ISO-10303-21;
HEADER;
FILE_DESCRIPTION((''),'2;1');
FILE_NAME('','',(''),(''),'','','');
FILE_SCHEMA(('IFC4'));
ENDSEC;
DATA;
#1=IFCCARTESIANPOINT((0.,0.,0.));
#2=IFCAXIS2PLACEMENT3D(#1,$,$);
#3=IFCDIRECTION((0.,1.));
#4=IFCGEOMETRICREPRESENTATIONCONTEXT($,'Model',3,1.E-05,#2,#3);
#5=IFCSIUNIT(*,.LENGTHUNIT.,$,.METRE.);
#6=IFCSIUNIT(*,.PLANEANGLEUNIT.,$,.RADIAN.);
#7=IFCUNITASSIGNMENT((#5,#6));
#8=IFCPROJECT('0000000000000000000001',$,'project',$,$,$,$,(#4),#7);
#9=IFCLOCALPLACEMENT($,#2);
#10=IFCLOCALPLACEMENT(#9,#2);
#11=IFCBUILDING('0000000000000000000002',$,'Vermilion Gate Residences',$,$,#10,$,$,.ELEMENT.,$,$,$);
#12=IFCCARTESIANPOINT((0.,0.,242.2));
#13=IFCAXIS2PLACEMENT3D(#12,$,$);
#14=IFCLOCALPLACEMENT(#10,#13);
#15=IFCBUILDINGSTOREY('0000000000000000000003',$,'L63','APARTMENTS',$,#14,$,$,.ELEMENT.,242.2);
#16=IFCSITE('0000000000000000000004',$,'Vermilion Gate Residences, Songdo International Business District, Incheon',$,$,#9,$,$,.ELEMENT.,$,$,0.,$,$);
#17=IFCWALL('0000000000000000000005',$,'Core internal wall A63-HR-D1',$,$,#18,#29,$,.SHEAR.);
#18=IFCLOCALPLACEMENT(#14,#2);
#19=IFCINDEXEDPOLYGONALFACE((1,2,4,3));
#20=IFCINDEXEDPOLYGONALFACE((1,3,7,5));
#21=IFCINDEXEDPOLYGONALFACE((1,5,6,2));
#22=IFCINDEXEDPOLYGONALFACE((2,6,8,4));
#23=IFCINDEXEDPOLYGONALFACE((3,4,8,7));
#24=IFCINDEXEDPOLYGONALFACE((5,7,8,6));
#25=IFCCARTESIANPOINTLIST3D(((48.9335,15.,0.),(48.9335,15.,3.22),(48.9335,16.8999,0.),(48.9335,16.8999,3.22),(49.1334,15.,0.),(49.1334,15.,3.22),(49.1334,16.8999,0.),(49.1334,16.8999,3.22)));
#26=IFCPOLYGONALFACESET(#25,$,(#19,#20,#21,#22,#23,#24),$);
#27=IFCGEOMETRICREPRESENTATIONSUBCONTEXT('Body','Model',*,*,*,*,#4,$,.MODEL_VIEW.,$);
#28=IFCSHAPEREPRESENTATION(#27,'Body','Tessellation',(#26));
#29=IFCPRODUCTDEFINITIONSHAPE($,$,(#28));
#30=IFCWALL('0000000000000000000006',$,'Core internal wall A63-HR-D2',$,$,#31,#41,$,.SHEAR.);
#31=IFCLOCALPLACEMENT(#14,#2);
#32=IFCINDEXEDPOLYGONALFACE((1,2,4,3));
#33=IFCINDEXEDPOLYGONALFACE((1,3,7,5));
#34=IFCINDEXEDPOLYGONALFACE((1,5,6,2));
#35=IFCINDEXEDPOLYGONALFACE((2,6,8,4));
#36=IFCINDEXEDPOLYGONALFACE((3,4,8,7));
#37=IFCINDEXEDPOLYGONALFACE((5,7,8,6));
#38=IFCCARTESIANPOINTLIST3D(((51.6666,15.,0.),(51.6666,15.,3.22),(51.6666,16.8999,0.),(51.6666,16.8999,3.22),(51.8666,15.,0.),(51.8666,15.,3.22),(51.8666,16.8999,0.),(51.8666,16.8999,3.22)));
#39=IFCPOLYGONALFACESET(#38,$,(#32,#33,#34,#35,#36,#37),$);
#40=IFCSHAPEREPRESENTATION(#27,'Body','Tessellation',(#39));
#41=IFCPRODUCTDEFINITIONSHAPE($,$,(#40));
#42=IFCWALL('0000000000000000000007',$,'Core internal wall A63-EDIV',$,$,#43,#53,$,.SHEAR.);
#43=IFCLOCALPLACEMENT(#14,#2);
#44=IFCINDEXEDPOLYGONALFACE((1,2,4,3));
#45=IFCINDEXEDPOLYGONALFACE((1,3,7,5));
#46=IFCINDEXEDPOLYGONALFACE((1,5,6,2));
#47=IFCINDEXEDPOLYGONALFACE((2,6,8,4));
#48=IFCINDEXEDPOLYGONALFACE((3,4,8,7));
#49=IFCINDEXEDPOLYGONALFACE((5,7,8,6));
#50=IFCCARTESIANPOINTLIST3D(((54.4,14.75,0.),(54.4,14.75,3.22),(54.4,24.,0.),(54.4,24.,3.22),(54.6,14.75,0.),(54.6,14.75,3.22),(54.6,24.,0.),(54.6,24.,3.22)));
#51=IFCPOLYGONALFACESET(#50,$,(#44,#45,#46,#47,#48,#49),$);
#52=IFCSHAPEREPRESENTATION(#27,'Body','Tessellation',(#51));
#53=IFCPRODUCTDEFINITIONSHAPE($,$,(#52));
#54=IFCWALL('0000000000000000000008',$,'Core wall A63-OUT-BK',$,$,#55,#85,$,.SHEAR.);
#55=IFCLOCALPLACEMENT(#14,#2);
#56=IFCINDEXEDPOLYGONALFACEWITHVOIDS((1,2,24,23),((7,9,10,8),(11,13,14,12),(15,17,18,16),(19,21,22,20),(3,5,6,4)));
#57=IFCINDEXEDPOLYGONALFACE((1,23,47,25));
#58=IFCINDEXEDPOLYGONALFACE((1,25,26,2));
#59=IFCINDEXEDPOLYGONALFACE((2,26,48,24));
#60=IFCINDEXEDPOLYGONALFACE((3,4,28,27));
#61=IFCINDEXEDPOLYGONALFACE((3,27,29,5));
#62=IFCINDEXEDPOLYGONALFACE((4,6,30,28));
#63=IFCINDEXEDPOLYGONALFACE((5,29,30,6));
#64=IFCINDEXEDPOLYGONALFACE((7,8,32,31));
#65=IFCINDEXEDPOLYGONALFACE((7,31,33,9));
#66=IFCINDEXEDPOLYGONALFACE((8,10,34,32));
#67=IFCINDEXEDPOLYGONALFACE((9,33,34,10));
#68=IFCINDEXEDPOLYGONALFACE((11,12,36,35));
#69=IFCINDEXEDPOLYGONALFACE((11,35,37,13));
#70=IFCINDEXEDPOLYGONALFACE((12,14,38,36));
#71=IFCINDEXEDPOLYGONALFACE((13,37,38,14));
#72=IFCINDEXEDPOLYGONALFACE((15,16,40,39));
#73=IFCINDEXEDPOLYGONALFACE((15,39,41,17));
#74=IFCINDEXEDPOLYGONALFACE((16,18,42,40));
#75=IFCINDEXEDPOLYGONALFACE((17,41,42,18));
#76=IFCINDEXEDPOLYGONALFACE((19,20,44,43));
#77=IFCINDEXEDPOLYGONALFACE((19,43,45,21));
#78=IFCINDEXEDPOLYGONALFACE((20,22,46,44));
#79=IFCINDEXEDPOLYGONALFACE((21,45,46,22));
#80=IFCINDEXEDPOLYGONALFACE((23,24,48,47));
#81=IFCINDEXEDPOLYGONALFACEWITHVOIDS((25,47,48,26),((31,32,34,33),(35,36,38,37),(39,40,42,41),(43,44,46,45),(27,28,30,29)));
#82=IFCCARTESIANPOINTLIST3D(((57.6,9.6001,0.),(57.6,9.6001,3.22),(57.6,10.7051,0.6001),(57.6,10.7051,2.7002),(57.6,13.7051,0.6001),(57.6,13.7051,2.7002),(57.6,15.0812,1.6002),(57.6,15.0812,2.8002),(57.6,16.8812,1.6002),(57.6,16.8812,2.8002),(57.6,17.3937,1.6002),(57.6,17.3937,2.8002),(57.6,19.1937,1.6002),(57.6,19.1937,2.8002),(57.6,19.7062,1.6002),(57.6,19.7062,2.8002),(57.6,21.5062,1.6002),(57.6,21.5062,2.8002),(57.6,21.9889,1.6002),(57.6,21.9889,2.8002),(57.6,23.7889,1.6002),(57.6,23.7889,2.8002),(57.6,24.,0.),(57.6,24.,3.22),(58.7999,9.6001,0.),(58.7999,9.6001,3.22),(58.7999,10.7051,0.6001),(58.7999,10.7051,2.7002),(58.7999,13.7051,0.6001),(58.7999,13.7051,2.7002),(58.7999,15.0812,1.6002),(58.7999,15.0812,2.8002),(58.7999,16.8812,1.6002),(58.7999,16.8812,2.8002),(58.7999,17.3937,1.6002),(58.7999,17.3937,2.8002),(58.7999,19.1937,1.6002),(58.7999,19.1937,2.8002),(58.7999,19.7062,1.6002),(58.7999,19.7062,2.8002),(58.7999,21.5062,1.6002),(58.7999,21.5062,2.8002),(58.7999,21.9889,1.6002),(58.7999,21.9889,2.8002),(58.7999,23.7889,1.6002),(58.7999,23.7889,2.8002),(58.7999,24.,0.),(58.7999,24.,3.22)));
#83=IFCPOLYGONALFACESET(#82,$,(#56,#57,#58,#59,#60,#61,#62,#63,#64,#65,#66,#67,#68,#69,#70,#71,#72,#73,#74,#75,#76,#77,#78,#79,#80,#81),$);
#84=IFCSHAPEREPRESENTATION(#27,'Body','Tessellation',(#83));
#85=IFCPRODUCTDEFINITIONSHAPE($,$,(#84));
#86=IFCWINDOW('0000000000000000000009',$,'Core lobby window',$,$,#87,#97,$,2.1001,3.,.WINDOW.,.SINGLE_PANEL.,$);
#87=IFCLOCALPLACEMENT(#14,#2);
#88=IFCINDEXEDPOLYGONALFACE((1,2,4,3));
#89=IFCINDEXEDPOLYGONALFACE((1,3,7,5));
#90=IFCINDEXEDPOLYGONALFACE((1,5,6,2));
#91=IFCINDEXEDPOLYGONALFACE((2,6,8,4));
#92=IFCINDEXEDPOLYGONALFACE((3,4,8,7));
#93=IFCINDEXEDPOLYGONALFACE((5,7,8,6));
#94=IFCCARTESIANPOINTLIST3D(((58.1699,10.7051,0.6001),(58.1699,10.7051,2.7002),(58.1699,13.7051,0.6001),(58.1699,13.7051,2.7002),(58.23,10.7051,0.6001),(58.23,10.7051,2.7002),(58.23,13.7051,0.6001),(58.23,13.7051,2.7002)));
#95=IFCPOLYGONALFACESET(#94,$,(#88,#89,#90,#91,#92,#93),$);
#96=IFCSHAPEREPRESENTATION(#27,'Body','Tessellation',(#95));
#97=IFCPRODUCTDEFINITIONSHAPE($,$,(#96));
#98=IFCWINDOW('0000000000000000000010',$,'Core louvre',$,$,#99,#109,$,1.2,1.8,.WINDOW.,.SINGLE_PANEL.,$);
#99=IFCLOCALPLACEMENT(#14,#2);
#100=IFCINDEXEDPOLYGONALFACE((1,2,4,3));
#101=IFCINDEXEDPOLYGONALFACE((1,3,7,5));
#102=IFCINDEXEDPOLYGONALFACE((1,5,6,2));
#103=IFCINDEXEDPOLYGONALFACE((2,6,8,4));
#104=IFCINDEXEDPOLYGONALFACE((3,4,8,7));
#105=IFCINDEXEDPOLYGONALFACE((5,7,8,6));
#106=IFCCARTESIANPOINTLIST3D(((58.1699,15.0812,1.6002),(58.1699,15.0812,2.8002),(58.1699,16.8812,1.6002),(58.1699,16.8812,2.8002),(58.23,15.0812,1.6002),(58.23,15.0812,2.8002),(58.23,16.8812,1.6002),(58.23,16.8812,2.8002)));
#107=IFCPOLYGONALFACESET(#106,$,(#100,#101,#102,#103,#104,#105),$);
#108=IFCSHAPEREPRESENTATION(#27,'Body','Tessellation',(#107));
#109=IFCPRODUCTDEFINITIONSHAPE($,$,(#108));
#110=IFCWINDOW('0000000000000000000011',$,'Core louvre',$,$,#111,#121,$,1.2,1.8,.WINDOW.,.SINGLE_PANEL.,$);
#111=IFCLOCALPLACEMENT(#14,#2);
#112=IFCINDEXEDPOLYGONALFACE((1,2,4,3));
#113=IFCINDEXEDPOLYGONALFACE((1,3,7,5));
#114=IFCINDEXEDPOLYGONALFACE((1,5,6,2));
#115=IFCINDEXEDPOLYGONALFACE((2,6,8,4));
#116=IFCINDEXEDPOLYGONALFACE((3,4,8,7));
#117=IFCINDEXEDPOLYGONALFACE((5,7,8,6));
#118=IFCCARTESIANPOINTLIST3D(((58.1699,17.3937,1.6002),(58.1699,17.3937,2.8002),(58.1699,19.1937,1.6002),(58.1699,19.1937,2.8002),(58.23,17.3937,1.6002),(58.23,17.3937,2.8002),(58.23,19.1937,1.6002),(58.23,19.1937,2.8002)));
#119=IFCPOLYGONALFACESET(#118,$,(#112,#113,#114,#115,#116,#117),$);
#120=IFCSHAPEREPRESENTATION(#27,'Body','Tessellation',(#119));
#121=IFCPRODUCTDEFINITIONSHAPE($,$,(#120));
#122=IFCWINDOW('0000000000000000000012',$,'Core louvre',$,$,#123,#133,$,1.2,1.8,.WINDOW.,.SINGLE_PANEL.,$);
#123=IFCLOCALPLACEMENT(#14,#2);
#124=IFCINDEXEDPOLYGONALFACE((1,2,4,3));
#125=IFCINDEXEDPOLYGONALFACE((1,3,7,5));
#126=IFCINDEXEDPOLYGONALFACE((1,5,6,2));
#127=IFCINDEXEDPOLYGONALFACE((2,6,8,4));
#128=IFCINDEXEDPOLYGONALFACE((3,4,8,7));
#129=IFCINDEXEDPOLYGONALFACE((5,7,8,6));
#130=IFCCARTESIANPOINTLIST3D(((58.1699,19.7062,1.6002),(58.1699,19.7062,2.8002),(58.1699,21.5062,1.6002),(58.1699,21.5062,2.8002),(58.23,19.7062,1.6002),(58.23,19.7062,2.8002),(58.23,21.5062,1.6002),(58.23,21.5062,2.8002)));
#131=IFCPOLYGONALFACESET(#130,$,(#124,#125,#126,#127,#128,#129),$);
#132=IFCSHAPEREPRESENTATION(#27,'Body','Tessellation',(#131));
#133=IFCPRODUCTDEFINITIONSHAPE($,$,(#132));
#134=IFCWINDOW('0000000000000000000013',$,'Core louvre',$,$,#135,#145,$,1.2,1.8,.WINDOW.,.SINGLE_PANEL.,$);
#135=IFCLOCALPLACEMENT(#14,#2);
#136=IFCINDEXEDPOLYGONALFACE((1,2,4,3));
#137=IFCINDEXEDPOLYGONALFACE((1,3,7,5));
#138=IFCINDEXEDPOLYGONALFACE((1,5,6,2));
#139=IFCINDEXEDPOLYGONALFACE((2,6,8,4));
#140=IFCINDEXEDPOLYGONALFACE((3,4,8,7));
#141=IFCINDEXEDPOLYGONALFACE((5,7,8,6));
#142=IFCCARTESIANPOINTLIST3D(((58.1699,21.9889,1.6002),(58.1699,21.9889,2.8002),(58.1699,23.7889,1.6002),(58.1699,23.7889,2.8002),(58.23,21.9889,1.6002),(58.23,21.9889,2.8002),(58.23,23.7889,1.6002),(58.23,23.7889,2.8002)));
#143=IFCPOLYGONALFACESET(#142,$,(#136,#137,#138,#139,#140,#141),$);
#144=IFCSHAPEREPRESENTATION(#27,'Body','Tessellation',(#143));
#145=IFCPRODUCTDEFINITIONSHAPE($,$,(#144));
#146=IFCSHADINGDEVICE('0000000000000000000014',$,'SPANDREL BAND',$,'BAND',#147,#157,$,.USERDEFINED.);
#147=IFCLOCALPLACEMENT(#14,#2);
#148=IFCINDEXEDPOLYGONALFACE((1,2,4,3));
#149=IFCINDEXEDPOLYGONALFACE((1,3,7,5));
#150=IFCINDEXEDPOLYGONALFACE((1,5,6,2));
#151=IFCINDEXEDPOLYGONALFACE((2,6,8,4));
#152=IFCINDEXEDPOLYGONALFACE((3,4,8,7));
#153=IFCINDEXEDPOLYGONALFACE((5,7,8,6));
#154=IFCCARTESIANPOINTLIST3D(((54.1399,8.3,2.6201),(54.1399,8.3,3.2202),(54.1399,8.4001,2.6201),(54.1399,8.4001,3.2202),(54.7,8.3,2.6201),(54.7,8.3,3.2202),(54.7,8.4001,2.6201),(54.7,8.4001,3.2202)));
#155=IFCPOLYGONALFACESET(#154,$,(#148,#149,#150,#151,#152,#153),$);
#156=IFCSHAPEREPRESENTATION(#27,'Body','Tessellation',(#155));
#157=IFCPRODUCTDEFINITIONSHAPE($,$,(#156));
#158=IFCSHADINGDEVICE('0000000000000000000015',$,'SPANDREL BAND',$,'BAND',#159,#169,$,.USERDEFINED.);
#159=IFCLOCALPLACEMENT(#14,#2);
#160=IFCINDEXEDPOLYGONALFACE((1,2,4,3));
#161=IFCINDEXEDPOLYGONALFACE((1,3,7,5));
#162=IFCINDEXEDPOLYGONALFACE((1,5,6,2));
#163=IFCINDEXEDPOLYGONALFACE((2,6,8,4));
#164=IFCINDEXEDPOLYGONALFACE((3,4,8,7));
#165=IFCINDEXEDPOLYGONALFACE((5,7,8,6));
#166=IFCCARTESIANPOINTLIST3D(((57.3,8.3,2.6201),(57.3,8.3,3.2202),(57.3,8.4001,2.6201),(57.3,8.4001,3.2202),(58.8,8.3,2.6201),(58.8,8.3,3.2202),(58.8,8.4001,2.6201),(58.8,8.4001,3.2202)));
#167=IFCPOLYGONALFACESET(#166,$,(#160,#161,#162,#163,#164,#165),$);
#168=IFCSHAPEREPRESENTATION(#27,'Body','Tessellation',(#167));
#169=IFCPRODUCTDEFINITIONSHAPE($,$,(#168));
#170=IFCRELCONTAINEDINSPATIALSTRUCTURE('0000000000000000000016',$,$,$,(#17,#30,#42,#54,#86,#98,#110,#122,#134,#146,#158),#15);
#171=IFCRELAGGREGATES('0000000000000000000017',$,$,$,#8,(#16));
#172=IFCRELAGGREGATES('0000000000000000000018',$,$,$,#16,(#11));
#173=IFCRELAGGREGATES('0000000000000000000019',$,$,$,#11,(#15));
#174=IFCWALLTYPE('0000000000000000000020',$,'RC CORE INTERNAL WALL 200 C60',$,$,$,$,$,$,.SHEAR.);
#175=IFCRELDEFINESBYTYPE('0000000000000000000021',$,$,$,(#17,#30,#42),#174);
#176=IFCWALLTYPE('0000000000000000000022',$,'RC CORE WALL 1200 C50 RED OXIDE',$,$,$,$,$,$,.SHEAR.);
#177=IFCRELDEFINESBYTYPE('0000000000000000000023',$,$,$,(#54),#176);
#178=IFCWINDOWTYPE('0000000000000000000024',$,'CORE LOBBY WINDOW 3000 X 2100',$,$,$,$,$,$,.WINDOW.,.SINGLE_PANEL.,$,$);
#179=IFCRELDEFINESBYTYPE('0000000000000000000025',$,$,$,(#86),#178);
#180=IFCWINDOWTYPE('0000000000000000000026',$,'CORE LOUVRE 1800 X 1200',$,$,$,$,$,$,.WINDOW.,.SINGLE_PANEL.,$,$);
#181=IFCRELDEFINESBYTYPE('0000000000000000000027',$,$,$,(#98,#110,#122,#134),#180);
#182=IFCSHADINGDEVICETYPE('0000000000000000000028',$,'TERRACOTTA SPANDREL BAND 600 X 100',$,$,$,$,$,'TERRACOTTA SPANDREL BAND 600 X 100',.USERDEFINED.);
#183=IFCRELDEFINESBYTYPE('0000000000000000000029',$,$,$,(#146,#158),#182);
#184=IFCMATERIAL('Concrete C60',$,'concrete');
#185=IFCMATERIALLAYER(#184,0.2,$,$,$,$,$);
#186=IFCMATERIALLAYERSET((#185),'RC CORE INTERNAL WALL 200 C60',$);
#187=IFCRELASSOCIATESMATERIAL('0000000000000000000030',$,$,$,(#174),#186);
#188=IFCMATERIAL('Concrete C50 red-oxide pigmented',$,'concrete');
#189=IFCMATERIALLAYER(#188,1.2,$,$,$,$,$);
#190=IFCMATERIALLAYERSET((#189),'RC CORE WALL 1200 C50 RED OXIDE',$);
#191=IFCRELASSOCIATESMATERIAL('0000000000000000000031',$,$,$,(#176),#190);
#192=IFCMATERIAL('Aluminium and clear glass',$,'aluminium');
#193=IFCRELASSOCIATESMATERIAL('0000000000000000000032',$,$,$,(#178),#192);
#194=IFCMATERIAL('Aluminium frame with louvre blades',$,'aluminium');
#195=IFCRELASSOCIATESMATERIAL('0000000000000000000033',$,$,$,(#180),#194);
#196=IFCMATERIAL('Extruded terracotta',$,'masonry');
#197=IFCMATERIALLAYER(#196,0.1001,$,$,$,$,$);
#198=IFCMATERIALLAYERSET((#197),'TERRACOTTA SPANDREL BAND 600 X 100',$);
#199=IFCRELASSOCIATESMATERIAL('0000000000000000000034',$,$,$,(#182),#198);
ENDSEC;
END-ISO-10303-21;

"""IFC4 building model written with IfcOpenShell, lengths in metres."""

from ifc_helpers import new_model, si_unit, direction, frame, frame_2d, origin, origin_2d, place, context, subcontext, project, spatial, rectangle, extrude, material, layer, layer_set, type_object, element, fill, save


model = new_model("IFC4")

# Units and contexts
model_context = context("Model", 3, precision=1e-05, world=origin(), true_north=direction((0.0, 1.0)))
body_context = subcontext(model_context, "Body", "Model", "MODEL_VIEW")
ifc_project = project(units=[si_unit("LENGTHUNIT", "METRE"), si_unit("PLANEANGLEUNIT", "RADIAN")], contexts=[model_context])

# Site, building, storey
site_placement = place(None, origin())
site = spatial("IfcSite", under=ifc_project, at=site_placement, Name="Vermilion Gate Residences, Songdo International Business District, Incheon", CompositionType="ELEMENT", RefElevation=0.0)
building_placement = place(site_placement, origin())
building = spatial("IfcBuilding", under=site, at=building_placement, Name="Vermilion Gate Residences", CompositionType="ELEMENT")
storey_placement = place(building_placement, frame((0.0, 0.0, 242.2)))
storey = spatial("IfcBuildingStorey", under=building, at=storey_placement, Name="L63", Description="APARTMENTS", CompositionType="ELEMENT", Elevation=242.2)

# Walls
ifc_material_1 = material(Name="Concrete C60", Category="concrete")
ifc_layer_1 = layer(ifc_material_1, 0.2)
ifc_layer_set_1 = layer_set([ifc_layer_1], Name="RC CORE INTERNAL WALL 200 C60")
wall_type_1 = type_object("IfcWallType", Name="RC CORE INTERNAL WALL 200 C60", PredefinedType="SHEAR", material=ifc_layer_set_1)
for number, where, z_axis, x_axis, name in (
    (1, (49.0334, 15.0, 0.0), (0.0, 0.0, 1.0), (0.0, 1.0, 0.0), "Core internal wall A63-HR-D1"),
    (2, (51.7666, 15.0, 0.0), (0.0, 0.0, 1.0), (0.0, 1.0, 0.0), "Core internal wall A63-HR-D2"),
):
    element("IfcWall", number, at=place(storey_placement, frame(where, z_axis=z_axis, x_axis=x_axis)), inside=storey, type_object=wall_type_1, Name=name, PredefinedType="SHEAR", context=body_context, shape_type="SweptSolid", body=[
        extrude(rectangle(XDim=1.8999, YDim=0.2, at=frame_2d((0.95, 0.0))), origin(), (0.0, 0.0, 1.0), 3.22),
    ])
wall_1_placement = place(storey_placement, frame((54.5, 14.75, 0.0), z_axis=(0.0, 0.0, 1.0), x_axis=(0.0, 1.0, 0.0)))
element("IfcWall", 3, at=wall_1_placement, inside=storey, type_object=wall_type_1, Name="Core internal wall A63-EDIV", PredefinedType="SHEAR", context=body_context, shape_type="SweptSolid", body=[
    extrude(rectangle(XDim=9.25, YDim=0.2, at=frame_2d((4.625, 0.0))), origin(), (0.0, 0.0, 1.0), 3.22),
])

# Wall, openings, windows
ifc_material_2 = material(Name="Concrete C50 red-oxide pigmented", Category="concrete")
ifc_layer_2 = layer(ifc_material_2, 1.2)
ifc_layer_set_2 = layer_set([ifc_layer_2], Name="RC CORE WALL 1200 C50 RED OXIDE")
wall_type_2 = type_object("IfcWallType", Name="RC CORE WALL 1200 C50 RED OXIDE", PredefinedType="SHEAR", material=ifc_layer_set_2)
wall_2_placement = place(storey_placement, frame((58.2, 9.6001, 0.0), z_axis=(0.0, 0.0, 1.0), x_axis=(0.0, 1.0, 0.0)))
wall_2 = element("IfcWall", 4, at=wall_2_placement, inside=storey, type_object=wall_type_2, Name="Core wall A63-OUT-BK", PredefinedType="SHEAR", context=body_context, shape_type="SweptSolid", body=[
    extrude(rectangle(XDim=14.3999, YDim=1.2, at=frame_2d((7.2, 0.0))), origin(), (0.0, 0.0, 1.0), 3.22),
])
opening_1_placement = place(wall_2_placement, frame((1.105, 0.0, 0.6001)))
opening_1 = element("IfcOpeningElement", 5, at=opening_1_placement, cuts=wall_2, PredefinedType="OPENING", context=body_context, shape_type="SweptSolid", body=[
    extrude(rectangle(XDim=3.0, YDim=2.1001, at=frame_2d((1.5, 1.05))), frame((0.0, 0.6099, 0.0), z_axis=(0.0, -1.0, 0.0), x_axis=(1.0, 0.0, 0.0)), (0.0, 0.0, 1.0), 1.22),
])
opening_2_placement = place(wall_2_placement, frame((5.4812, 0.0, 1.6001)))
opening_2 = element("IfcOpeningElement", 6, at=opening_2_placement, cuts=wall_2, PredefinedType="OPENING", context=body_context, shape_type="SweptSolid", body=[
    extrude(rectangle(XDim=1.8, YDim=1.2, at=frame_2d((0.8999, 0.6001))), frame((0.0, 0.6099, 0.0), z_axis=(0.0, -1.0, 0.0), x_axis=(1.0, 0.0, 0.0)), (0.0, 0.0, 1.0), 1.22),
])
opening_3_placement = place(wall_2_placement, frame((7.7937, 0.0, 1.6001)))
opening_3 = element("IfcOpeningElement", 7, at=opening_3_placement, cuts=wall_2, PredefinedType="OPENING", context=body_context, shape_type="SweptSolid", body=[
    extrude(rectangle(XDim=1.8, YDim=1.2, at=frame_2d((0.8999, 0.6001))), frame((0.0, 0.6099, 0.0), z_axis=(0.0, -1.0, 0.0), x_axis=(1.0, 0.0, 0.0)), (0.0, 0.0, 1.0), 1.22),
])
opening_4_placement = place(wall_2_placement, frame((10.1062, 0.0, 1.6001)))
opening_4 = element("IfcOpeningElement", 8, at=opening_4_placement, cuts=wall_2, PredefinedType="OPENING", context=body_context, shape_type="SweptSolid", body=[
    extrude(rectangle(XDim=1.8, YDim=1.2, at=frame_2d((0.8999, 0.6001))), frame((0.0, 0.6099, 0.0), z_axis=(0.0, -1.0, 0.0), x_axis=(1.0, 0.0, 0.0)), (0.0, 0.0, 1.0), 1.22),
])
opening_5_placement = place(wall_2_placement, frame((12.3889, 0.0, 1.6001)))
opening_5 = element("IfcOpeningElement", 9, at=opening_5_placement, cuts=wall_2, PredefinedType="OPENING", context=body_context, shape_type="SweptSolid", body=[
    extrude(rectangle(XDim=1.8, YDim=1.2, at=frame_2d((0.8999, 0.6001))), frame((0.0, 0.6099, 0.0), z_axis=(0.0, -1.0, 0.0), x_axis=(1.0, 0.0, 0.0)), (0.0, 0.0, 1.0), 1.22),
])
ifc_material_3 = material(Name="Aluminium and clear glass", Category="aluminium")
window_type_1 = type_object("IfcWindowType", Name="CORE LOBBY WINDOW 3000 X 2100", PartitioningType="SINGLE_PANEL", PredefinedType="WINDOW", material=ifc_material_3)
window_1_placement = place(opening_1_placement, origin())
window_1 = element("IfcWindow", 10, at=window_1_placement, inside=storey, type_object=window_type_1, Name="Core lobby window", OverallHeight=2.1001, OverallWidth=3.0, PartitioningType="SINGLE_PANEL", PredefinedType="WINDOW", context=body_context, shape_type="SweptSolid", body=[
    extrude(rectangle(XDim=3.0, YDim=2.1001, at=frame_2d((1.5, 1.05))), frame((0.0, 0.03, 0.0), z_axis=(0.0, -1.0, 0.0), x_axis=(1.0, 0.0, 0.0)), (0.0, 0.0, 1.0), 0.0601),
])
fill(opening_1, window_1)
ifc_material_4 = material(Name="Aluminium frame with louvre blades", Category="aluminium")
window_type_2 = type_object("IfcWindowType", Name="CORE LOUVRE 1800 X 1200", PartitioningType="SINGLE_PANEL", PredefinedType="WINDOW", material=ifc_material_4)
window_2_placement = place(opening_2_placement, origin())
window_2 = element("IfcWindow", 11, at=window_2_placement, inside=storey, type_object=window_type_2, Name="Core louvre", OverallHeight=1.2, OverallWidth=1.8, PartitioningType="SINGLE_PANEL", PredefinedType="WINDOW", context=body_context, shape_type="SweptSolid", body=[
    extrude(rectangle(XDim=1.8, YDim=1.2, at=frame_2d((0.8999, 0.6001))), frame((0.0, 0.03, 0.0), z_axis=(0.0, -1.0, 0.0), x_axis=(1.0, 0.0, 0.0)), (0.0, 0.0, 1.0), 0.0601),
])
fill(opening_2, window_2)
window_3_placement = place(opening_3_placement, origin())
window_3 = element("IfcWindow", 12, at=window_3_placement, inside=storey, type_object=window_type_2, Name="Core louvre", OverallHeight=1.2, OverallWidth=1.8, PartitioningType="SINGLE_PANEL", PredefinedType="WINDOW", context=body_context, shape_type="SweptSolid", body=[
    extrude(rectangle(XDim=1.8, YDim=1.2, at=frame_2d((0.8999, 0.6001))), frame((0.0, 0.03, 0.0), z_axis=(0.0, -1.0, 0.0), x_axis=(1.0, 0.0, 0.0)), (0.0, 0.0, 1.0), 0.0601),
])
fill(opening_3, window_3)
window_4_placement = place(opening_4_placement, origin())
window_4 = element("IfcWindow", 13, at=window_4_placement, inside=storey, type_object=window_type_2, Name="Core louvre", OverallHeight=1.2, OverallWidth=1.8, PartitioningType="SINGLE_PANEL", PredefinedType="WINDOW", context=body_context, shape_type="SweptSolid", body=[
    extrude(rectangle(XDim=1.8, YDim=1.2, at=frame_2d((0.8999, 0.6001))), frame((0.0, 0.03, 0.0), z_axis=(0.0, -1.0, 0.0), x_axis=(1.0, 0.0, 0.0)), (0.0, 0.0, 1.0), 0.0601),
])
fill(opening_4, window_4)
window_5_placement = place(opening_5_placement, origin())
window_5 = element("IfcWindow", 14, at=window_5_placement, inside=storey, type_object=window_type_2, Name="Core louvre", OverallHeight=1.2, OverallWidth=1.8, PartitioningType="SINGLE_PANEL", PredefinedType="WINDOW", context=body_context, shape_type="SweptSolid", body=[
    extrude(rectangle(XDim=1.8, YDim=1.2, at=frame_2d((0.8999, 0.6001))), frame((0.0, 0.03, 0.0), z_axis=(0.0, -1.0, 0.0), x_axis=(1.0, 0.0, 0.0)), (0.0, 0.0, 1.0), 0.0601),
])
fill(opening_5, window_5)

# Shading devices
ifc_material_5 = material(Name="Extruded terracotta", Category="masonry")
ifc_layer_3 = layer(ifc_material_5, 0.1001)
ifc_layer_set_3 = layer_set([ifc_layer_3], Name="TERRACOTTA SPANDREL BAND 600 X 100")
shading_device_type = type_object("IfcShadingDeviceType", Name="TERRACOTTA SPANDREL BAND 600 X 100", ElementType="TERRACOTTA SPANDREL BAND 600 X 100", PredefinedType="USERDEFINED", material=ifc_layer_set_3)
shading_device_1_placement = place(storey_placement, frame((54.4199, 8.3501, 2.6201), z_axis=(0.0, 0.0, 1.0), x_axis=(1.0, 0.0, 0.0)))
element("IfcShadingDevice", 15, at=shading_device_1_placement, inside=storey, type_object=shading_device_type, Name="SPANDREL BAND", ObjectType="BAND", PredefinedType="USERDEFINED", context=body_context, shape_type="SweptSolid", body=[
    extrude(rectangle(XDim=0.5601, YDim=0.1001, at=origin_2d()), origin(), (0.0, 0.0, 1.0), 0.6001),
])
shading_device_2_placement = place(storey_placement, frame((58.05, 8.3501, 2.6201), z_axis=(0.0, 0.0, 1.0), x_axis=(1.0, 0.0, 0.0)))
element("IfcShadingDevice", 16, at=shading_device_2_placement, inside=storey, type_object=shading_device_type, Name="SPANDREL BAND", ObjectType="BAND", PredefinedType="USERDEFINED", context=body_context, shape_type="SweptSolid", body=[
    extrude(rectangle(XDim=1.5, YDim=0.1001, at=origin_2d()), origin(), (0.0, 0.0, 1.0), 0.6001),
])

save(model, "model.ifc")
